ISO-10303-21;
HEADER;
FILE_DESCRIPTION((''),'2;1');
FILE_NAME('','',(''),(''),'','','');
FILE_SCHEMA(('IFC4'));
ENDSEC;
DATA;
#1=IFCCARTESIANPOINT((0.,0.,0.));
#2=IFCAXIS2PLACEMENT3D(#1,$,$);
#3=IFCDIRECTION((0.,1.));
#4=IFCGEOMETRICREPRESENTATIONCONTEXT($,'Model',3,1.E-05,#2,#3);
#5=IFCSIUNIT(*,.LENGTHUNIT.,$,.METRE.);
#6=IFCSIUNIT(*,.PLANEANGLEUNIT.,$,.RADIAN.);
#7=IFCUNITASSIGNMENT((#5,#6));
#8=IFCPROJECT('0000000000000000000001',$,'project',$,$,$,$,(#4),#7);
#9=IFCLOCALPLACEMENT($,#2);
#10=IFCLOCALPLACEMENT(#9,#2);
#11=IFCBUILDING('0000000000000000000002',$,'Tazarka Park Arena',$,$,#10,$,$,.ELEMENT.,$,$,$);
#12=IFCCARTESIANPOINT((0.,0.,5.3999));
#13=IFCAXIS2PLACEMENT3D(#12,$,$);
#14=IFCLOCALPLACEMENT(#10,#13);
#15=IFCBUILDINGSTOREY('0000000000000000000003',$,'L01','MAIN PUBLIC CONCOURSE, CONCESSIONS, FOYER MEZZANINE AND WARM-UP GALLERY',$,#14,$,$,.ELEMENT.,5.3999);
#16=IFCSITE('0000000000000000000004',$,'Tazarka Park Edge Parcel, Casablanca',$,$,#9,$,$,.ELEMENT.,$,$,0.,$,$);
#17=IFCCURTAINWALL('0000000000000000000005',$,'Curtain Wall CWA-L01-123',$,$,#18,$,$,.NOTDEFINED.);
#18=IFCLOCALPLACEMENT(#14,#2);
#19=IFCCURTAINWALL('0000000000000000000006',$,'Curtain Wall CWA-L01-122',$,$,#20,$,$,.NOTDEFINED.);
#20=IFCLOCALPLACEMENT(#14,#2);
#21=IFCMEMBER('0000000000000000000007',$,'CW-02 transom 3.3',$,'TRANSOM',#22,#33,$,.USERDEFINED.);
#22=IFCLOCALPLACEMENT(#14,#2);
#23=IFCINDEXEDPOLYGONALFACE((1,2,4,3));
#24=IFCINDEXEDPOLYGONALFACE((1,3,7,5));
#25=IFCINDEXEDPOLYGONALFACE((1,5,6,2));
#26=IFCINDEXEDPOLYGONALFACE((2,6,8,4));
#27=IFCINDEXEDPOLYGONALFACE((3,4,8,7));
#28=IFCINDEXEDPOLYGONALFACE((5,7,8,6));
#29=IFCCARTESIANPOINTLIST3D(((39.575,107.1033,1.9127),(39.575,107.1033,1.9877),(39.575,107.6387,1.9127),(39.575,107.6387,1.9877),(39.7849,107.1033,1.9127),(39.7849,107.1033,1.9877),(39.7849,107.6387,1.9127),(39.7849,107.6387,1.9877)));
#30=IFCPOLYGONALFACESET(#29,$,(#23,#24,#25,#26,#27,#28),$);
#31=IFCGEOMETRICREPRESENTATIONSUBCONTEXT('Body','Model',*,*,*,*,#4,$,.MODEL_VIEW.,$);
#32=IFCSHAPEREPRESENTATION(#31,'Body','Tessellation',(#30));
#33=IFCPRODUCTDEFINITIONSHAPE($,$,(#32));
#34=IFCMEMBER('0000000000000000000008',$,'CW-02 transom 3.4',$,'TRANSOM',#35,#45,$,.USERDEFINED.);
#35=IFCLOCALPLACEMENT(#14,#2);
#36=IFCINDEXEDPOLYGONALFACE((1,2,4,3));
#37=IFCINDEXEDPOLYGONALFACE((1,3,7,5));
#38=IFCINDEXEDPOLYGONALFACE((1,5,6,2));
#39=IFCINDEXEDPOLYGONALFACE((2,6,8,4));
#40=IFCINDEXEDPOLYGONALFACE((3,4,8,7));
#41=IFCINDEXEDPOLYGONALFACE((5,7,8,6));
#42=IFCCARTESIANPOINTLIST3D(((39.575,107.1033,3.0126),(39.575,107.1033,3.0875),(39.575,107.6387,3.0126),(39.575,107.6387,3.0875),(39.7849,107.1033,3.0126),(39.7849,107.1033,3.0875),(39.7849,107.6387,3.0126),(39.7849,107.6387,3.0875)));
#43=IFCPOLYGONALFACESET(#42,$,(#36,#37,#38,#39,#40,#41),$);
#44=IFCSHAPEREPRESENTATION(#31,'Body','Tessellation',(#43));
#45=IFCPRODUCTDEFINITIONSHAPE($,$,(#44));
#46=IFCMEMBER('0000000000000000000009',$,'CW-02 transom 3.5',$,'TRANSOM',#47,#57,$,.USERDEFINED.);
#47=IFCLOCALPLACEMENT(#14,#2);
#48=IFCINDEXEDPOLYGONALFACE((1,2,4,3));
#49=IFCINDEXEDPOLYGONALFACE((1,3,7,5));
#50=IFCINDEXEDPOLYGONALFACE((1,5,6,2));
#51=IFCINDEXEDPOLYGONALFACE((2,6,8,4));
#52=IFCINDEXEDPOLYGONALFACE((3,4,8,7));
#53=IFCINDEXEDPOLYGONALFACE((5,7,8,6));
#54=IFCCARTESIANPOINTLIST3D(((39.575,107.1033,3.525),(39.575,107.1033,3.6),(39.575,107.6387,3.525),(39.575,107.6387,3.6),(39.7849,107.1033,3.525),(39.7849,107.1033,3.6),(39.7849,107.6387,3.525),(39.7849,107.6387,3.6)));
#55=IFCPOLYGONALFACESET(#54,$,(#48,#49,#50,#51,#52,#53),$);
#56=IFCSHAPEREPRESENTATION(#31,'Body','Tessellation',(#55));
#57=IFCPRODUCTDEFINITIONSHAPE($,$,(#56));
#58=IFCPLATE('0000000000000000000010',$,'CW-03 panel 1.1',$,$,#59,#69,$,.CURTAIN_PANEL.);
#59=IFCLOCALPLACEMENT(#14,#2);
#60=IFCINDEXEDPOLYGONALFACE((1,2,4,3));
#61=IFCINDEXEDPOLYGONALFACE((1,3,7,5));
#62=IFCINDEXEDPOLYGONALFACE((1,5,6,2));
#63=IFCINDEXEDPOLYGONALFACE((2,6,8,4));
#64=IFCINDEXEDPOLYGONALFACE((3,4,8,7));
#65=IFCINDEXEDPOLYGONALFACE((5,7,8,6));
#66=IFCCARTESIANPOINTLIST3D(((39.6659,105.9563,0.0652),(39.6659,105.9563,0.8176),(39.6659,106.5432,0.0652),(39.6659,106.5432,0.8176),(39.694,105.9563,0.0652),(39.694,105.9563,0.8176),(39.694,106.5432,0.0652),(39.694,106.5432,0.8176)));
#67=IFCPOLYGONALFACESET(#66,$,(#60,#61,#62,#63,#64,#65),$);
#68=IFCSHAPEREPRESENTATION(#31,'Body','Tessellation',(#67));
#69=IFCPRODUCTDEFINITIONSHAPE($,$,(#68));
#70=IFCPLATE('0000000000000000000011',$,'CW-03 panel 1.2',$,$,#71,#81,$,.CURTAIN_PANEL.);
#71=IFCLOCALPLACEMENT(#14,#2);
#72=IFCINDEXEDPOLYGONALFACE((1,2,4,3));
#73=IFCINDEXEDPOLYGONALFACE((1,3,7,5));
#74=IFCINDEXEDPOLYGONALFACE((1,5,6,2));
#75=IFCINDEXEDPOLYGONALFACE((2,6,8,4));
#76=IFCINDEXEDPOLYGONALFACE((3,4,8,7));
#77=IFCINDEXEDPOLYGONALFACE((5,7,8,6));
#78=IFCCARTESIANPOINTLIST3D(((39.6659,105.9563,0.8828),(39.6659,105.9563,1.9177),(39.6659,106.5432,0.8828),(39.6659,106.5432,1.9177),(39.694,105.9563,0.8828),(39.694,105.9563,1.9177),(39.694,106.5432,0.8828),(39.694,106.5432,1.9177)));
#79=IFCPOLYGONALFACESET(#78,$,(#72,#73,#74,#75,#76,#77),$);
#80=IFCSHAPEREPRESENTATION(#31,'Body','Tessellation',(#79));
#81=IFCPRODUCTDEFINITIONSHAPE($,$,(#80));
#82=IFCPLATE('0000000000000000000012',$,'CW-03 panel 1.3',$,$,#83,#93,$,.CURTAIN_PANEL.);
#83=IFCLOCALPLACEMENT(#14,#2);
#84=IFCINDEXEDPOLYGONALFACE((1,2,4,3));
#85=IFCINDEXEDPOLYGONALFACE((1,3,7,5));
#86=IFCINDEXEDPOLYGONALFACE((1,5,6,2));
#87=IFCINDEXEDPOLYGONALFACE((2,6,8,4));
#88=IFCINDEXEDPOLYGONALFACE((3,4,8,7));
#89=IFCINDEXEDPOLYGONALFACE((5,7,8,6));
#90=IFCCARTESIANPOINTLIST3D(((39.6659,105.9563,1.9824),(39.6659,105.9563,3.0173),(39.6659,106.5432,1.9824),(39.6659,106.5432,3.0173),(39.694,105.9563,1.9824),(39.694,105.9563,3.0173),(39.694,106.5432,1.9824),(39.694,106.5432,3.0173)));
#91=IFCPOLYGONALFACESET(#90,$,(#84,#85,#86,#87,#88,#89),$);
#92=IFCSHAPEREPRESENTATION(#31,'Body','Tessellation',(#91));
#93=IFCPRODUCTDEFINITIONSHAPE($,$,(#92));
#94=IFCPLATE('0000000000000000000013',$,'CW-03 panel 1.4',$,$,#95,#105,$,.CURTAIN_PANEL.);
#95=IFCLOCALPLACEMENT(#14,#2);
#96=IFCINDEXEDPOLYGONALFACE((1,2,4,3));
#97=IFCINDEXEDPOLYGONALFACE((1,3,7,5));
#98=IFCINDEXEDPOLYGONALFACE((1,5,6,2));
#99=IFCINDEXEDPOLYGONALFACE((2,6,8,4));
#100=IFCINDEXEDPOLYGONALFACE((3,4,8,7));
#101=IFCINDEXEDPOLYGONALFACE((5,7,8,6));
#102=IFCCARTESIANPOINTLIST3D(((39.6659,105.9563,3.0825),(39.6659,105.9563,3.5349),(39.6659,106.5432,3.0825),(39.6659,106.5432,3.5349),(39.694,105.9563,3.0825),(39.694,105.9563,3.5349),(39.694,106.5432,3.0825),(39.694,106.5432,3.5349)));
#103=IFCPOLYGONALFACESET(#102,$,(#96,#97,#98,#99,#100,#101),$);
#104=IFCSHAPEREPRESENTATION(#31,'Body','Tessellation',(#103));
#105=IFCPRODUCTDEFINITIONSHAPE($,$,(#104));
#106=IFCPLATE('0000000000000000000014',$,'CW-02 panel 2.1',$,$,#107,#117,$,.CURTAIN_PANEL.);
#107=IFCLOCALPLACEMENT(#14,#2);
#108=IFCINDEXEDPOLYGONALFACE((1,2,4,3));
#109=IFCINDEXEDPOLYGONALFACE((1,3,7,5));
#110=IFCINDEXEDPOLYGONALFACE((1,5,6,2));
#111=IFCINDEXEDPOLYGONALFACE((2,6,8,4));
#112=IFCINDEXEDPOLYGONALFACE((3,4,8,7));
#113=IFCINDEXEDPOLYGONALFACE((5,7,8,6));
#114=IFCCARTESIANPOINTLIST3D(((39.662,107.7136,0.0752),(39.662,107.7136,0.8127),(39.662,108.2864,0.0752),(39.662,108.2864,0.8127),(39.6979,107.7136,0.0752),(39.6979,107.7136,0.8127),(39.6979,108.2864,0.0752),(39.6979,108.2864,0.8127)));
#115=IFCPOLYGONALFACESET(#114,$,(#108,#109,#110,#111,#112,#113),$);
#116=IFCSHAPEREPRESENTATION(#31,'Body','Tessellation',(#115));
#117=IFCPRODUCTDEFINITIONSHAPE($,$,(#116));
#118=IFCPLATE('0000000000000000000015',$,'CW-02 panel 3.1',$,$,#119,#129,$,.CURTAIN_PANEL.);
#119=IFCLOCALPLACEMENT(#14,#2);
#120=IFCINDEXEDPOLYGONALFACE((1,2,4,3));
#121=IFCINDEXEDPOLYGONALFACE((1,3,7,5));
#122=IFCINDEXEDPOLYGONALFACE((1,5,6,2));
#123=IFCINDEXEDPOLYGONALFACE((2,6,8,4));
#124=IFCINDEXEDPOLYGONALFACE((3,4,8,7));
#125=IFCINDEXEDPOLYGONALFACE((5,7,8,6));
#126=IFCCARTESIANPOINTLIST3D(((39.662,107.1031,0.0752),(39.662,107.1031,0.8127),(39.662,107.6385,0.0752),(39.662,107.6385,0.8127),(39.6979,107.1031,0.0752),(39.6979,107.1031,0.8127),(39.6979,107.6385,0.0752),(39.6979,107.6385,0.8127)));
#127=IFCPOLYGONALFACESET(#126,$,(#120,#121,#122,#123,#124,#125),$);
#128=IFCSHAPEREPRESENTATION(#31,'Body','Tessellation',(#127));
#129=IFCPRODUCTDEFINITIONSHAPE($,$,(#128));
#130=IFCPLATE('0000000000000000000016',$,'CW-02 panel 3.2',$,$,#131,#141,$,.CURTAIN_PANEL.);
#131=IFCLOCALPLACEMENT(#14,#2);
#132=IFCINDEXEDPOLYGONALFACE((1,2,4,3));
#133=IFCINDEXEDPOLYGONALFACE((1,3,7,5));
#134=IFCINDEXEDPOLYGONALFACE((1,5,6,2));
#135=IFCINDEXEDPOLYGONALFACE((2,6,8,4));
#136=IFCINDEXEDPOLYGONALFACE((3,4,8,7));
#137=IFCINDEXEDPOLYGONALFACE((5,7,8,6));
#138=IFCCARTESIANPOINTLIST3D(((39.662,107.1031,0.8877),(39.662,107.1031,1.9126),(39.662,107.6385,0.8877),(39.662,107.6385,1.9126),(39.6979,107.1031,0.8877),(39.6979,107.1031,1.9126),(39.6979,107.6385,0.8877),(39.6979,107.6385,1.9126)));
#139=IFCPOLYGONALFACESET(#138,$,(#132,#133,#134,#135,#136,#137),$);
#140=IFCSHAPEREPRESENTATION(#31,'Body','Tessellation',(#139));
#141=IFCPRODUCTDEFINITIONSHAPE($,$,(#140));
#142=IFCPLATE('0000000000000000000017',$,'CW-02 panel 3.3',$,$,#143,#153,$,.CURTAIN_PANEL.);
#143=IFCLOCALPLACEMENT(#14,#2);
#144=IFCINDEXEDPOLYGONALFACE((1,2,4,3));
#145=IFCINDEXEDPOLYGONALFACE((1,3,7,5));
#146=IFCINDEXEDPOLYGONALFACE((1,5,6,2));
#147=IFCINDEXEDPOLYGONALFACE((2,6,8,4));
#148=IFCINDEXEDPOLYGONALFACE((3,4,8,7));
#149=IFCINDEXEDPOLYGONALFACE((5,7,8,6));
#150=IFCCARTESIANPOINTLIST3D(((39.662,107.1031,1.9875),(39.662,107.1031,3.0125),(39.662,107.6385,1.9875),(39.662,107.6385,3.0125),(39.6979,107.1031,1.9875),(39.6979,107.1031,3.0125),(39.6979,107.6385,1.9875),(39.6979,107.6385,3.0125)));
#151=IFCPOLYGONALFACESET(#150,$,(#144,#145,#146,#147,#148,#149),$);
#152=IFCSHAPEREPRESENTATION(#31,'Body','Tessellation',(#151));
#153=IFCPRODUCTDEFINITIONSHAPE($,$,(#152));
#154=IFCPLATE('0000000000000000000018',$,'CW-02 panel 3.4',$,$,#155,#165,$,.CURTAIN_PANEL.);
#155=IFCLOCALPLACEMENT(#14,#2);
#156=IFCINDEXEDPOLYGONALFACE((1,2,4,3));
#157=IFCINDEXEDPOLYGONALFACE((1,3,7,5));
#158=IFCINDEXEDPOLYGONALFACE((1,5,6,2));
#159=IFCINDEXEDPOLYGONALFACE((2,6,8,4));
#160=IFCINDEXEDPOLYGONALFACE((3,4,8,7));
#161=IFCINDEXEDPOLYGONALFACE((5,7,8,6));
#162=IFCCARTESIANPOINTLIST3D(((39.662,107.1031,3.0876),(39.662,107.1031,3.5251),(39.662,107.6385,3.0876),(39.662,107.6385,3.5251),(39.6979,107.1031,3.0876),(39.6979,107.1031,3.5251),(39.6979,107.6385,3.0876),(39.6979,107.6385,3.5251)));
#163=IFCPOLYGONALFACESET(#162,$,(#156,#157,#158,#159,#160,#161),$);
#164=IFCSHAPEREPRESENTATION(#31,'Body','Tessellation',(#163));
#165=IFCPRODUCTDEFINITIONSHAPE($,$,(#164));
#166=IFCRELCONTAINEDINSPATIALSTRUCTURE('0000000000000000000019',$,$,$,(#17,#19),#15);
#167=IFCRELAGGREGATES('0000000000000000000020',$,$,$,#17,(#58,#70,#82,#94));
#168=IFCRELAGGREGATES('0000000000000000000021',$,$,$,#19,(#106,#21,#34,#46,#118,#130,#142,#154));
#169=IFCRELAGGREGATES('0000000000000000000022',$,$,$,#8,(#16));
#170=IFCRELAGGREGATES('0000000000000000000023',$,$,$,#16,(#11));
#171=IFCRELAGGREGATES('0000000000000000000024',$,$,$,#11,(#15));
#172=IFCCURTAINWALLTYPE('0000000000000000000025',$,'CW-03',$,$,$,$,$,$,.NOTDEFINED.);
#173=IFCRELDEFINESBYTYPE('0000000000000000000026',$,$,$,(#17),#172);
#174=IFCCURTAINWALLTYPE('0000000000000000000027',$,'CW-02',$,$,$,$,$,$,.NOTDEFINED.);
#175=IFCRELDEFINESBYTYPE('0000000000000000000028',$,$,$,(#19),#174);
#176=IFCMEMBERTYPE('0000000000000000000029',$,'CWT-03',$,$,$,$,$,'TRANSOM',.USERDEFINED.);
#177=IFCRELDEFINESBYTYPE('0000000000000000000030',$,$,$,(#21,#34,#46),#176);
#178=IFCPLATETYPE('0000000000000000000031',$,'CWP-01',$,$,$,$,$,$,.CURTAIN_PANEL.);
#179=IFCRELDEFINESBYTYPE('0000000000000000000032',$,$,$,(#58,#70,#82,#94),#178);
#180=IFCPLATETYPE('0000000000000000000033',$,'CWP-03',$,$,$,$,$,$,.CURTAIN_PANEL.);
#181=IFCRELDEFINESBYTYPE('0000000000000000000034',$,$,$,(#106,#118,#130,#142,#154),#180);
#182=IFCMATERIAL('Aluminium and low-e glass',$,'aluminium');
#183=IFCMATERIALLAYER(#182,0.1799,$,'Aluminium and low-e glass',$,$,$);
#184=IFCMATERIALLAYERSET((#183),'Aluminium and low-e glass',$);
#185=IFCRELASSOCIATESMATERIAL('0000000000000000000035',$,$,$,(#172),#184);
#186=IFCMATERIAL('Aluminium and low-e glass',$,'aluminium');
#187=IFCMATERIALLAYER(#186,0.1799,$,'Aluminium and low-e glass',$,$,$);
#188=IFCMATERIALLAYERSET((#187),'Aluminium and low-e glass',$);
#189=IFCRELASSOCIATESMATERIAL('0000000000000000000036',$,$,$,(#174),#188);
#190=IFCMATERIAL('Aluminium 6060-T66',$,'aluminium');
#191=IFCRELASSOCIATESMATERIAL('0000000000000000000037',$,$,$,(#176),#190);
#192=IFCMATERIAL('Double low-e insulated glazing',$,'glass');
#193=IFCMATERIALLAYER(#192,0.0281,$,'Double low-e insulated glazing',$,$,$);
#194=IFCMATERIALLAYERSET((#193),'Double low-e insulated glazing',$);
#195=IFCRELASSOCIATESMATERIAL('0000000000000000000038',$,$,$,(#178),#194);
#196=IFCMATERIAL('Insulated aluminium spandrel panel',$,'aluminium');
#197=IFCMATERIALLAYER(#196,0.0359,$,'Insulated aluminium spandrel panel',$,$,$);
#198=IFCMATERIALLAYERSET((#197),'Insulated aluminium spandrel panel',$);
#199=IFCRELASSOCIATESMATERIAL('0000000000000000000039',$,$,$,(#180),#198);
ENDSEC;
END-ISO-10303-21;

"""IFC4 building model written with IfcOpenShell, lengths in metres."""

from ifc_helpers import new_model, si_unit, direction, frame, origin, origin_2d, place, context, subcontext, project, spatial, rectangle, extrude, material, layer, layer_set, material_profile, profile_set, type_object, element, aggregate, save


model = new_model("IFC4")

# Units and contexts
model_context = context("Model", 3, precision=1e-05, world=origin(), true_north=direction((0.0, 1.0)))
body_context = subcontext(model_context, "Body", "Model", "MODEL_VIEW")
ifc_project = project(units=[si_unit("LENGTHUNIT", "METRE"), si_unit("PLANEANGLEUNIT", "RADIAN")], contexts=[model_context])

# Site, building, storey
site_placement = place(None, origin())
site = spatial("IfcSite", under=ifc_project, at=site_placement, Name="Tazarka Park Edge Parcel, Casablanca", CompositionType="ELEMENT", RefElevation=0.0)
building_placement = place(site_placement, origin())
building = spatial("IfcBuilding", under=site, at=building_placement, Name="Tazarka Park Arena", CompositionType="ELEMENT")
storey_placement = place(building_placement, frame((0.0, 0.0, 5.3999)))
storey = spatial("IfcBuildingStorey", under=building, at=storey_placement, Name="L01", Description="MAIN PUBLIC CONCOURSE, CONCESSIONS, FOYER MEZZANINE AND WARM-UP GALLERY", CompositionType="ELEMENT", Elevation=5.3999)

# Curtain walls
ifc_material_1 = material(Name="Aluminium and low-e glass", Category="aluminium")
ifc_layer_1 = layer(ifc_material_1, 0.1799, Name="Aluminium and low-e glass")
ifc_layer_set_1 = layer_set([ifc_layer_1], Name="Aluminium and low-e glass")
curtain_wall_type_1 = type_object("IfcCurtainWallType", Name="CW-03", PredefinedType="NOTDEFINED", material=ifc_layer_set_1)
curtain_wall_1_placement = place(storey_placement, origin())
curtain_wall_1 = element("IfcCurtainWall", 1, at=curtain_wall_1_placement, inside=storey, type_object=curtain_wall_type_1, Name="Curtain Wall CWA-L01-123", PredefinedType="NOTDEFINED")
ifc_material_2 = material(Name="Aluminium and low-e glass", Category="aluminium")
ifc_layer_2 = layer(ifc_material_2, 0.1799, Name="Aluminium and low-e glass")
ifc_layer_set_2 = layer_set([ifc_layer_2], Name="Aluminium and low-e glass")
curtain_wall_type_2 = type_object("IfcCurtainWallType", Name="CW-02", PredefinedType="NOTDEFINED", material=ifc_layer_set_2)
curtain_wall_2_placement = place(storey_placement, origin())
curtain_wall_2 = element("IfcCurtainWall", 2, at=curtain_wall_2_placement, inside=storey, type_object=curtain_wall_type_2, Name="Curtain Wall CWA-L01-122", PredefinedType="NOTDEFINED")

# Members
ifc_material_3 = material(Name="Aluminium 6060-T66", Category="aluminium")
ifc_material_profile_1 = material_profile(ifc_material_3, rectangle(XDim=0.21, YDim=0.075, at=origin_2d()), Name="Aluminium 6060-T66")
ifc_profile_set_1 = profile_set([ifc_material_profile_1], Name="Aluminium 6060-T66")
member_type_1 = type_object("IfcMemberType", Name="CWT-03", ElementType="TRANSOM", PredefinedType="USERDEFINED", material=ifc_profile_set_1)
member_1_placement = place(storey_placement, frame((39.6799, 107.6387, 1.9502), z_axis=(0.0, -1.0, 0.0), x_axis=(1.0, 0.0, 0.0)))
member_1 = element("IfcMember", 3, at=member_1_placement, type_object=member_type_1, Name="CW-02 transom 3.3", ObjectType="TRANSOM", PredefinedType="USERDEFINED", context=body_context, shape_type="SweptSolid", body=[
    extrude(rectangle(XDim=0.21, YDim=0.075, at=origin_2d()), origin(), (0.0, 0.0, 1.0), 0.5354),
])
member_2_placement = place(storey_placement, frame((39.6799, 107.6387, 3.05), z_axis=(0.0, -1.0, 0.0), x_axis=(1.0, 0.0, 0.0)))
member_2 = element("IfcMember", 4, at=member_2_placement, type_object=member_type_1, Name="CW-02 transom 3.4", ObjectType="TRANSOM", PredefinedType="USERDEFINED", context=body_context, shape_type="SweptSolid", body=[
    extrude(rectangle(XDim=0.21, YDim=0.075, at=origin_2d()), origin(), (0.0, 0.0, 1.0), 0.5354),
])
member_3_placement = place(storey_placement, frame((39.6799, 107.6387, 3.5625), z_axis=(0.0, -1.0, 0.0), x_axis=(1.0, 0.0, 0.0)))
member_3 = element("IfcMember", 5, at=member_3_placement, type_object=member_type_1, Name="CW-02 transom 3.5", ObjectType="TRANSOM", PredefinedType="USERDEFINED", context=body_context, shape_type="SweptSolid", body=[
    extrude(rectangle(XDim=0.21, YDim=0.075, at=origin_2d()), origin(), (0.0, 0.0, 1.0), 0.5354),
])

# Plates
ifc_material_4 = material(Name="Double low-e insulated glazing", Category="glass")
ifc_layer_3 = layer(ifc_material_4, 0.0281, Name="Double low-e insulated glazing")
ifc_layer_set_3 = layer_set([ifc_layer_3], Name="Double low-e insulated glazing")
plate_type_1 = type_object("IfcPlateType", Name="CWP-01", PredefinedType="CURTAIN_PANEL", material=ifc_layer_set_3)
plate_1_placement = place(storey_placement, frame((39.6799, 106.2498, 0.0652), z_axis=(0.0, 0.0, 1.0), x_axis=(0.0, -1.0, 0.0)))
plate_1 = element("IfcPlate", 6, at=plate_1_placement, type_object=plate_type_1, Name="CW-03 panel 1.1", PredefinedType="CURTAIN_PANEL", context=body_context, shape_type="SweptSolid", body=[
    extrude(rectangle(XDim=0.5869, YDim=0.0281, at=origin_2d()), origin(), (0.0, 0.0, 1.0), 0.7524),
])
plate_2_placement = place(storey_placement, frame((39.6799, 106.2498, 0.8828), z_axis=(0.0, 0.0, 1.0), x_axis=(0.0, -1.0, 0.0)))
plate_2 = element("IfcPlate", 7, at=plate_2_placement, type_object=plate_type_1, Name="CW-03 panel 1.2", PredefinedType="CURTAIN_PANEL", context=body_context, shape_type="SweptSolid", body=[
    extrude(rectangle(XDim=0.5869, YDim=0.0281, at=origin_2d()), origin(), (0.0, 0.0, 1.0), 1.0349),
])
plate_3_placement = place(storey_placement, frame((39.6799, 106.2498, 1.9824), z_axis=(0.0, 0.0, 1.0), x_axis=(0.0, -1.0, 0.0)))
plate_3 = element("IfcPlate", 8, at=plate_3_placement, type_object=plate_type_1, Name="CW-03 panel 1.3", PredefinedType="CURTAIN_PANEL", context=body_context, shape_type="SweptSolid", body=[
    extrude(rectangle(XDim=0.5869, YDim=0.0281, at=origin_2d()), origin(), (0.0, 0.0, 1.0), 1.0349),
])
plate_4_placement = place(storey_placement, frame((39.6799, 106.2498, 3.0825), z_axis=(0.0, 0.0, 1.0), x_axis=(0.0, -1.0, 0.0)))
plate_4 = element("IfcPlate", 9, at=plate_4_placement, type_object=plate_type_1, Name="CW-03 panel 1.4", PredefinedType="CURTAIN_PANEL", context=body_context, shape_type="SweptSolid", body=[
    extrude(rectangle(XDim=0.5869, YDim=0.0281, at=origin_2d()), origin(), (0.0, 0.0, 1.0), 0.4524),
])
aggregate(curtain_wall_1, [plate_1, plate_2, plate_3, plate_4])
ifc_material_5 = material(Name="Insulated aluminium spandrel panel", Category="aluminium")
ifc_layer_4 = layer(ifc_material_5, 0.0359, Name="Insulated aluminium spandrel panel")
ifc_layer_set_4 = layer_set([ifc_layer_4], Name="Insulated aluminium spandrel panel")
plate_type_2 = type_object("IfcPlateType", Name="CWP-03", PredefinedType="CURTAIN_PANEL", material=ifc_layer_set_4)
plate_5_placement = place(storey_placement, frame((39.6799, 108.0, 0.0752), z_axis=(0.0, 0.0, 1.0), x_axis=(0.0, -1.0, 0.0)))
plate_5 = element("IfcPlate", 10, at=plate_5_placement, type_object=plate_type_2, Name="CW-02 panel 2.1", PredefinedType="CURTAIN_PANEL", context=body_context, shape_type="SweptSolid", body=[
    extrude(rectangle(XDim=0.5728, YDim=0.0359, at=origin_2d()), origin(), (0.0, 0.0, 1.0), 0.7375),
])
plate_6_placement = place(storey_placement, frame((39.6799, 107.3708, 0.0752), z_axis=(0.0, 0.0, 1.0), x_axis=(0.0, -1.0, 0.0)))
plate_6 = element("IfcPlate", 11, at=plate_6_placement, type_object=plate_type_2, Name="CW-02 panel 3.1", PredefinedType="CURTAIN_PANEL", context=body_context, shape_type="SweptSolid", body=[
    extrude(rectangle(XDim=0.5354, YDim=0.0359, at=origin_2d()), origin(), (0.0, 0.0, 1.0), 0.7375),
])
plate_7_placement = place(storey_placement, frame((39.6799, 107.3708, 0.8877), z_axis=(0.0, 0.0, 1.0), x_axis=(0.0, -1.0, 0.0)))
plate_7 = element("IfcPlate", 12, at=plate_7_placement, type_object=plate_type_2, Name="CW-02 panel 3.2", PredefinedType="CURTAIN_PANEL", context=body_context, shape_type="SweptSolid", body=[
    extrude(rectangle(XDim=0.5354, YDim=0.0359, at=origin_2d()), origin(), (0.0, 0.0, 1.0), 1.0249),
])
plate_8_placement = place(storey_placement, frame((39.6799, 107.3708, 1.9875), z_axis=(0.0, 0.0, 1.0), x_axis=(0.0, -1.0, 0.0)))
plate_8 = element("IfcPlate", 13, at=plate_8_placement, type_object=plate_type_2, Name="CW-02 panel 3.3", PredefinedType="CURTAIN_PANEL", context=body_context, shape_type="SweptSolid", body=[
    extrude(rectangle(XDim=0.5354, YDim=0.0359, at=origin_2d()), origin(), (0.0, 0.0, 1.0), 1.0249),
])
plate_9_placement = place(storey_placement, frame((39.6799, 107.3708, 3.0876), z_axis=(0.0, 0.0, 1.0), x_axis=(0.0, -1.0, 0.0)))
plate_9 = element("IfcPlate", 14, at=plate_9_placement, type_object=plate_type_2, Name="CW-02 panel 3.4", PredefinedType="CURTAIN_PANEL", context=body_context, shape_type="SweptSolid", body=[
    extrude(rectangle(XDim=0.5354, YDim=0.0359, at=origin_2d()), origin(), (0.0, 0.0, 1.0), 0.4375),
])
aggregate(curtain_wall_2, [plate_5, member_1, member_2, member_3, plate_6, plate_7, plate_8, plate_9])

save(model, "model.ifc")
